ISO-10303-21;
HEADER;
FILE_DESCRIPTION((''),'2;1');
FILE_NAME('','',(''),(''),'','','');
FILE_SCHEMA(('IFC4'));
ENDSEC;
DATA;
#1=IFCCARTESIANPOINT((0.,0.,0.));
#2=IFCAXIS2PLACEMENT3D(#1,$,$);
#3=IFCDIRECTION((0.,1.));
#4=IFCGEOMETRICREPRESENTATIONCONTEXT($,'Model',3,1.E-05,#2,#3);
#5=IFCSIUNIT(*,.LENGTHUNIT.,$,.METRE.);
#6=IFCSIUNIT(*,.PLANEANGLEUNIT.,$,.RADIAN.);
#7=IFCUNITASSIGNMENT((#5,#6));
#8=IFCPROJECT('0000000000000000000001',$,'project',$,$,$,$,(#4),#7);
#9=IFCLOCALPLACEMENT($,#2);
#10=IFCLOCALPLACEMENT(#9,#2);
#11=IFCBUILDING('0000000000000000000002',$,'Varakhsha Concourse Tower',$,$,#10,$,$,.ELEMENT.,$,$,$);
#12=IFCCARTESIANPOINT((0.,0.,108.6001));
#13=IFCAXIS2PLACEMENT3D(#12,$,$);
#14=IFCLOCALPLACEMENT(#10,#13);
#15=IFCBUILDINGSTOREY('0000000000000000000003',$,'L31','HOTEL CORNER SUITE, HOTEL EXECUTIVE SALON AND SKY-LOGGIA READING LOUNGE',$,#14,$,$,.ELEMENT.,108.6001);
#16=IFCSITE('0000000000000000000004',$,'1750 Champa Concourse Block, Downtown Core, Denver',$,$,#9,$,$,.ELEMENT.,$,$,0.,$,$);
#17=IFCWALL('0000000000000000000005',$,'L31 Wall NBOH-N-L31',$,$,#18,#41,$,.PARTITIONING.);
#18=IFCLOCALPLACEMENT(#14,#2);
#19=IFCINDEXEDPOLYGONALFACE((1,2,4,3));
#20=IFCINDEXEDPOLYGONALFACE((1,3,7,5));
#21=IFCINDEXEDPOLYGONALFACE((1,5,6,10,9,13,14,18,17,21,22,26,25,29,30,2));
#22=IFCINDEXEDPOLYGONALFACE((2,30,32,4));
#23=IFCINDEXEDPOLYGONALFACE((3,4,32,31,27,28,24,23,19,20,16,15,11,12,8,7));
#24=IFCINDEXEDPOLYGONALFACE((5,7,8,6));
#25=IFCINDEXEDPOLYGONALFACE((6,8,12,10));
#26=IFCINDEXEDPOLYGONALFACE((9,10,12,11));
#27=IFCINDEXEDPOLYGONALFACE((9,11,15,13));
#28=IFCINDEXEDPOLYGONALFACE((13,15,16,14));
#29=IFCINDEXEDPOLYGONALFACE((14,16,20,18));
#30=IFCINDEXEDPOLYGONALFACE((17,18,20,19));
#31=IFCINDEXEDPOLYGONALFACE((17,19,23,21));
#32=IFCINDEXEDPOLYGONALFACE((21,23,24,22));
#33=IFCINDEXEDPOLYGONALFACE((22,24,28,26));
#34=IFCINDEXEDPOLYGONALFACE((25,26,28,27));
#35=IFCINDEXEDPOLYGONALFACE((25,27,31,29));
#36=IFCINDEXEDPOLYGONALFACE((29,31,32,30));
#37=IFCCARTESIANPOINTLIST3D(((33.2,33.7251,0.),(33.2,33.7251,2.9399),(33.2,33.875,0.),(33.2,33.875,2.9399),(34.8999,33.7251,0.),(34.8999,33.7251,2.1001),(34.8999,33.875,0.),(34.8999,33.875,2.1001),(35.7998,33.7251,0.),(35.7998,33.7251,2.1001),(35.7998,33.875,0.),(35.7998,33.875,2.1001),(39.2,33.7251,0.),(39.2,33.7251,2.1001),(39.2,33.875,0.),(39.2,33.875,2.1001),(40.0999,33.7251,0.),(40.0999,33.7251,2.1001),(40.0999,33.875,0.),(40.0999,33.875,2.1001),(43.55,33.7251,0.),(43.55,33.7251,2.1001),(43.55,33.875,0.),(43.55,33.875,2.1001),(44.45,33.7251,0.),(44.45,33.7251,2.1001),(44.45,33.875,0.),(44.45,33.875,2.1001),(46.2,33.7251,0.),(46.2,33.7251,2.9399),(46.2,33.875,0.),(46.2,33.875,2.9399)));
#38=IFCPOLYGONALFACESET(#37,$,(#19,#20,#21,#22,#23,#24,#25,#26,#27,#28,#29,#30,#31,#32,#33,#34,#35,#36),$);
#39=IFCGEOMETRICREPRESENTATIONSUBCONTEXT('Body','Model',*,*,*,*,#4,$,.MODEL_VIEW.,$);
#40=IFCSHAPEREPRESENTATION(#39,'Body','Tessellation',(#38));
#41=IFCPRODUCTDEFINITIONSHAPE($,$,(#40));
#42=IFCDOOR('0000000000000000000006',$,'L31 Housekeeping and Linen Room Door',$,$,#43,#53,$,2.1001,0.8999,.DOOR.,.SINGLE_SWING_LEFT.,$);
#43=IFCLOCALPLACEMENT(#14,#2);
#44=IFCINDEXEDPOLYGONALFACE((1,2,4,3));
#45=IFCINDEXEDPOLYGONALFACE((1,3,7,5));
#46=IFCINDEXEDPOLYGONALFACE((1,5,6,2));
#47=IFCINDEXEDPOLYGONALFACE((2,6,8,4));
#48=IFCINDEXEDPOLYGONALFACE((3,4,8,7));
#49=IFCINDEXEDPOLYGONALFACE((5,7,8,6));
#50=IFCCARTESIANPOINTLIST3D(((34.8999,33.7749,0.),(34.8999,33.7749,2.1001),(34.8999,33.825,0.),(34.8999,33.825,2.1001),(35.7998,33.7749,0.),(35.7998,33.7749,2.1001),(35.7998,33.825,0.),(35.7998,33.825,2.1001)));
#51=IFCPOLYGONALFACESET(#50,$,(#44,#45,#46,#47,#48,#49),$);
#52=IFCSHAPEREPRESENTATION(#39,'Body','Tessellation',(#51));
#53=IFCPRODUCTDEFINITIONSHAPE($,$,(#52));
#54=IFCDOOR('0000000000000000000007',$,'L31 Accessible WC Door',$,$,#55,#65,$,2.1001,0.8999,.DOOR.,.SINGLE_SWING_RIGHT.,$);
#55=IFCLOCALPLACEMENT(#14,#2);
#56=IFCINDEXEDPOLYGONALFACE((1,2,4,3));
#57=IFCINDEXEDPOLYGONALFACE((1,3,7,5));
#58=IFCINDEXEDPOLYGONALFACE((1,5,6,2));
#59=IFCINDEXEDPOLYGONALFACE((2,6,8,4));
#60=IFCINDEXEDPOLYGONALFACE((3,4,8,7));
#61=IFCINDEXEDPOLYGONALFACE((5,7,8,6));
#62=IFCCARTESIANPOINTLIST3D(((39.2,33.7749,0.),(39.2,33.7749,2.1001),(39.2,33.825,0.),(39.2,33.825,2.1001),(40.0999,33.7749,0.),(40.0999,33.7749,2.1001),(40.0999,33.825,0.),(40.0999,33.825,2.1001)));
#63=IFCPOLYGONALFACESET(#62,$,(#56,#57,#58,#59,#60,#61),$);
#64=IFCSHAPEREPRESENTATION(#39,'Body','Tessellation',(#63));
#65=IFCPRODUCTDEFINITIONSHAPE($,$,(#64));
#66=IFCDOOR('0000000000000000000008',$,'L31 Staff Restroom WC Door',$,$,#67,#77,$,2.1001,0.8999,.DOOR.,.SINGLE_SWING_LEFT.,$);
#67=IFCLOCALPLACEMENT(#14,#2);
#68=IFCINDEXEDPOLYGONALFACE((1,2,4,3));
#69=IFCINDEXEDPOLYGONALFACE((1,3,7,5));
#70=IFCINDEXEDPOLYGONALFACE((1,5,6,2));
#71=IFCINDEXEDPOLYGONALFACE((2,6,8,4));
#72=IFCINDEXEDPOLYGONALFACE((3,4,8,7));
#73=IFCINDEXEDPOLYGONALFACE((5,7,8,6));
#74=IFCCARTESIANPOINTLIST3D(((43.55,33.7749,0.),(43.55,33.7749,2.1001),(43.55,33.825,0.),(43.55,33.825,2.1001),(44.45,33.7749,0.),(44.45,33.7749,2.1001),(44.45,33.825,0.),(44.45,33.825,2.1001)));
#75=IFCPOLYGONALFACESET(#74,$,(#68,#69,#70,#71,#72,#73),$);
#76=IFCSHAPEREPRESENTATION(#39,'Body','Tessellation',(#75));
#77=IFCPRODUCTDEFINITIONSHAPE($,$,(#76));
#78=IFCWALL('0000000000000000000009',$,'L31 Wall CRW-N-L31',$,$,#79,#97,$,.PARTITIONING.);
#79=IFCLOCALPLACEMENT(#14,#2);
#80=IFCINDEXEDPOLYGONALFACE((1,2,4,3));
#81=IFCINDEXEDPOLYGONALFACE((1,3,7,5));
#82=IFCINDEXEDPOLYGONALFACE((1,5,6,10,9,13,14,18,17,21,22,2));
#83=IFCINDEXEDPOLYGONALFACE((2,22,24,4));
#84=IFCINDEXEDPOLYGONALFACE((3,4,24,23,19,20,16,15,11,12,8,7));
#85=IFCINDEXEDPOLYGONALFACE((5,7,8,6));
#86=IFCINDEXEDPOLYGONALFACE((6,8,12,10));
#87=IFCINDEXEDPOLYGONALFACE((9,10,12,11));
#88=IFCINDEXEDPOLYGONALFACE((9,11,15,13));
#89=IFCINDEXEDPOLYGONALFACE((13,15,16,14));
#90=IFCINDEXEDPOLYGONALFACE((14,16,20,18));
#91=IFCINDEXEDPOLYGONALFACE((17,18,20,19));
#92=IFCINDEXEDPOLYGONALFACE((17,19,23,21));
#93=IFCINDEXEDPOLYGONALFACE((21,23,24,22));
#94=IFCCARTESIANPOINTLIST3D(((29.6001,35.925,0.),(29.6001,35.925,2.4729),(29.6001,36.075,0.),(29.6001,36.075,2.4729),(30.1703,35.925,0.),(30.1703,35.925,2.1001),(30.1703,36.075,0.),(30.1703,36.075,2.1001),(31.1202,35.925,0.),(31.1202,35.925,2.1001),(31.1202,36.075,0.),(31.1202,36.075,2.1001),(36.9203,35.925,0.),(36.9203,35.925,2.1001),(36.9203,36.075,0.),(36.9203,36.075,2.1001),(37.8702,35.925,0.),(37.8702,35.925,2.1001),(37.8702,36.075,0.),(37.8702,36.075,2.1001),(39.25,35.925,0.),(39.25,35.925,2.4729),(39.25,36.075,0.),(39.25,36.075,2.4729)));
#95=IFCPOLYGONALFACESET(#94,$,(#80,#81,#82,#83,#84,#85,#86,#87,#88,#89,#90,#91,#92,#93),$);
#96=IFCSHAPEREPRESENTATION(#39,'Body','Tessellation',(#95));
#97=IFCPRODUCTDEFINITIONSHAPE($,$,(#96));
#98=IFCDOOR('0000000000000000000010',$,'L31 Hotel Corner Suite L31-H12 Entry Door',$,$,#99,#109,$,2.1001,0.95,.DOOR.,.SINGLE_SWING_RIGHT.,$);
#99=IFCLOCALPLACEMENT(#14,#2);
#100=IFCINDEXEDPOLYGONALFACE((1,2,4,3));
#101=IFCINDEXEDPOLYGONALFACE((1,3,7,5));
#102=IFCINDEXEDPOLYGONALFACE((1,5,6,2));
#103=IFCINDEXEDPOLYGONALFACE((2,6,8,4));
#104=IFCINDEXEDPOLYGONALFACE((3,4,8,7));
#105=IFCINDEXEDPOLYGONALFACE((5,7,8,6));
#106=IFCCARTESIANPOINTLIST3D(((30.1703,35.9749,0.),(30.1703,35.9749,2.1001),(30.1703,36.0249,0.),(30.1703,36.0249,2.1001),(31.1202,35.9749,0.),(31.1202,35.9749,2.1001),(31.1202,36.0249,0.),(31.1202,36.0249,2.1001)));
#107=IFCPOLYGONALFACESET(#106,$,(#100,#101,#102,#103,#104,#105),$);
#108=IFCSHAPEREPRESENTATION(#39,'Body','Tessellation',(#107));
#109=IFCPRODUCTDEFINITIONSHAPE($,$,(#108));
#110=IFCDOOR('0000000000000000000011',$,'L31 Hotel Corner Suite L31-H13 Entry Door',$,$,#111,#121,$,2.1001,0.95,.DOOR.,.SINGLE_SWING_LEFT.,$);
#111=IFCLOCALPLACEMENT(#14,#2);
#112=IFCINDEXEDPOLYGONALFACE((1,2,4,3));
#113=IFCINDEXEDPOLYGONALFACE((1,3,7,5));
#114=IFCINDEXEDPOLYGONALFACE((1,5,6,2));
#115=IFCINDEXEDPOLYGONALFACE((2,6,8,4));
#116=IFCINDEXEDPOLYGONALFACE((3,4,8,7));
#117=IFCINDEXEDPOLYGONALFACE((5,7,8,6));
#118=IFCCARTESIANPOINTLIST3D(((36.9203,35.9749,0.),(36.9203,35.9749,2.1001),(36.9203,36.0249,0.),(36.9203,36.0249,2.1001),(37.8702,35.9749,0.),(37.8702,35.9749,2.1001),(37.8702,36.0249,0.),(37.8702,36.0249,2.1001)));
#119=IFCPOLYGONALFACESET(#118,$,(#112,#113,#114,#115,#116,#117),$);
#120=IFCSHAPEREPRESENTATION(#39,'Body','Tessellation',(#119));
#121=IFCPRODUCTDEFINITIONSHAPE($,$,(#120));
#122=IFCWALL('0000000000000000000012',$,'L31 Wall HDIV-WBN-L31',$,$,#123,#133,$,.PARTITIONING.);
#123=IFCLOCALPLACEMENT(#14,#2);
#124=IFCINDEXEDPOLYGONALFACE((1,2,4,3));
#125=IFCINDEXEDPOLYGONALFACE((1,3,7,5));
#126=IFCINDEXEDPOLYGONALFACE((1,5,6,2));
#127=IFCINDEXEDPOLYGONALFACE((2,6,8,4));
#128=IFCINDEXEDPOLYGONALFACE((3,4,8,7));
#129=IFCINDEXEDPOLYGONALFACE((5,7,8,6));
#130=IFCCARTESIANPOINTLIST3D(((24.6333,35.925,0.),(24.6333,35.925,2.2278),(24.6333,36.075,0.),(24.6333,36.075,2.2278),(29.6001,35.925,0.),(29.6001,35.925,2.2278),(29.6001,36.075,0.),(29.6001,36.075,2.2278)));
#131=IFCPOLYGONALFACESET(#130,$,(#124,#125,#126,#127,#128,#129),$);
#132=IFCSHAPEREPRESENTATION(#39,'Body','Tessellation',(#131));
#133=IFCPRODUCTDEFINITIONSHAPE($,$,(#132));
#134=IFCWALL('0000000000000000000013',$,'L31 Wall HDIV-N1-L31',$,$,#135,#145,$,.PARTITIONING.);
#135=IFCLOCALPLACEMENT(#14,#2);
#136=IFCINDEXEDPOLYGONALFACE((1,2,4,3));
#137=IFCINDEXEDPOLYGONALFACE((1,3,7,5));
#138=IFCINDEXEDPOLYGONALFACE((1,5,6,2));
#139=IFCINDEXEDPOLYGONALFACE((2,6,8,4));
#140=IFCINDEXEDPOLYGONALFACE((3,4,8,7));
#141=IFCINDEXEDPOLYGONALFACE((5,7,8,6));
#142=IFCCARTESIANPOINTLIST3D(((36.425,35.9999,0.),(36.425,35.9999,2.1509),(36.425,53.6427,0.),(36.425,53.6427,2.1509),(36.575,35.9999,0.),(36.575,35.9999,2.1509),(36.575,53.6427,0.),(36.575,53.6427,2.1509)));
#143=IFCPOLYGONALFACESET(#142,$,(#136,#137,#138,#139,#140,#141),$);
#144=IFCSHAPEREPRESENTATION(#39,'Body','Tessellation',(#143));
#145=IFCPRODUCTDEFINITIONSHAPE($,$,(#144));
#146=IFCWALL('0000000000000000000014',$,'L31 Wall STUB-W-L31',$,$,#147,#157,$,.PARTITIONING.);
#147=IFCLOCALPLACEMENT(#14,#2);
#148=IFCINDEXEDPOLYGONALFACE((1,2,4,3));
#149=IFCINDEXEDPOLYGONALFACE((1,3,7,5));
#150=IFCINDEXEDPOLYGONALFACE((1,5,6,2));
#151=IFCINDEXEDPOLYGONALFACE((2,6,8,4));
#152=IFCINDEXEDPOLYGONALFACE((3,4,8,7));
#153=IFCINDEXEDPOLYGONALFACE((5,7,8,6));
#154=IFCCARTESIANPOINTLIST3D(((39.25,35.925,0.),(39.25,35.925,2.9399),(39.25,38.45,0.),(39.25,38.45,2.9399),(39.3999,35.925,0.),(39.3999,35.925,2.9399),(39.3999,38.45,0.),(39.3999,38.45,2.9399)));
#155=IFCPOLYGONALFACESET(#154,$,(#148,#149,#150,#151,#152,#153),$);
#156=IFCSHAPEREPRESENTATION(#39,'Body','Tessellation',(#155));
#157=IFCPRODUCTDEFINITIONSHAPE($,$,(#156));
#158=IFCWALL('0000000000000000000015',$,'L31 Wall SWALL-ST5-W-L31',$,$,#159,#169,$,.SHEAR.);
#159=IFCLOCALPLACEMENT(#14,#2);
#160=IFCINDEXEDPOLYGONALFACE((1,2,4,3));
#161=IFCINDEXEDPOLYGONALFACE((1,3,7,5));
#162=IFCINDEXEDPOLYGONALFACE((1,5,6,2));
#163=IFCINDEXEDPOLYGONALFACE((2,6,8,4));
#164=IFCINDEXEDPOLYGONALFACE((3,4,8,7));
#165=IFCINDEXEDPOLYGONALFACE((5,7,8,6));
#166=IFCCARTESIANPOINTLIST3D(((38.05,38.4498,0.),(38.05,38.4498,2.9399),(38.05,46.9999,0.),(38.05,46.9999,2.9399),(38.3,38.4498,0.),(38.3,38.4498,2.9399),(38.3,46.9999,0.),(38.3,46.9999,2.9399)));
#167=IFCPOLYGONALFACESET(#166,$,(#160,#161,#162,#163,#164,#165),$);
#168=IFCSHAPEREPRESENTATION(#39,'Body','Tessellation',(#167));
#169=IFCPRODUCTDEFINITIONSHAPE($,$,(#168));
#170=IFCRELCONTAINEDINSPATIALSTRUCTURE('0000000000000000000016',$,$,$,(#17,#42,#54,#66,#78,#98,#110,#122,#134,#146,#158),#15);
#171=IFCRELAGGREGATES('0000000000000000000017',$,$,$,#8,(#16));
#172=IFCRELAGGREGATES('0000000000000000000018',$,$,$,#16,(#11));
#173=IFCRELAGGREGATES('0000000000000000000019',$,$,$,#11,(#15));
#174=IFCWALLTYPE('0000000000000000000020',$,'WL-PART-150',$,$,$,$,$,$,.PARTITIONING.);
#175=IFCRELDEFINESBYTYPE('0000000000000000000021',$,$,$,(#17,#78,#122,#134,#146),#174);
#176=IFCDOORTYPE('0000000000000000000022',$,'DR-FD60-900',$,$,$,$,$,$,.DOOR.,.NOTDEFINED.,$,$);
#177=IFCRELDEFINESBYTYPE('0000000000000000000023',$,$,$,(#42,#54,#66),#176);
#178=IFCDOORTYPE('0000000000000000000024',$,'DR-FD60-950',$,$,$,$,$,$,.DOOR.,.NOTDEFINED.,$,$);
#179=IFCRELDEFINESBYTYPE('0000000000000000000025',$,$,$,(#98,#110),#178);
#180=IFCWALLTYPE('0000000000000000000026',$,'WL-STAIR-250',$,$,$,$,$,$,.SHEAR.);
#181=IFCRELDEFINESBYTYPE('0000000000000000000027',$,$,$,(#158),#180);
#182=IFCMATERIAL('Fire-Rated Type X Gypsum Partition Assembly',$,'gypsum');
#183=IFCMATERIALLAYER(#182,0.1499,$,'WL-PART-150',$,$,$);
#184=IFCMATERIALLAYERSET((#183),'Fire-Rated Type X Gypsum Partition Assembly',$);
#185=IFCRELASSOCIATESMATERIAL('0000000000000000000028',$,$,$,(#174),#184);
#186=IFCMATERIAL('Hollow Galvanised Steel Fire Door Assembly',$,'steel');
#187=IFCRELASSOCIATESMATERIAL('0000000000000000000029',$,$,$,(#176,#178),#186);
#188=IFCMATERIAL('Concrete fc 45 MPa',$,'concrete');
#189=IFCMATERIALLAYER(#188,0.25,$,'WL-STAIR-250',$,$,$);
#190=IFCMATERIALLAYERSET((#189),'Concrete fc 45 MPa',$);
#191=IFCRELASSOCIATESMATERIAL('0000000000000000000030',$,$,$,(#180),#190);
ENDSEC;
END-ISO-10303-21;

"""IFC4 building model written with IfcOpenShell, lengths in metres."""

from ifc_helpers import new_model, si_unit, direction, frame, frame_2d, origin, place, context, subcontext, project, spatial, rectangle, extrude, material, layer, layer_set, type_object, element, fill, save


model = new_model("IFC4")

# Units and contexts
model_context = context("Model", 3, precision=1e-05, world=origin(), true_north=direction((0.0, 1.0)))
body_context = subcontext(model_context, "Body", "Model", "MODEL_VIEW")
ifc_project = project(units=[si_unit("LENGTHUNIT", "METRE"), si_unit("PLANEANGLEUNIT", "RADIAN")], contexts=[model_context])

# Site, building, storey
site_placement = place(None, origin())
site = spatial("IfcSite", under=ifc_project, at=site_placement, Name="1750 Champa Concourse Block, Downtown Core, Denver", CompositionType="ELEMENT", RefElevation=0.0)
building_placement = place(site_placement, origin())
building = spatial("IfcBuilding", under=site, at=building_placement, Name="Varakhsha Concourse Tower", CompositionType="ELEMENT")
storey_placement = place(building_placement, frame((0.0, 0.0, 108.6001)))
storey = spatial("IfcBuildingStorey", under=building, at=storey_placement, Name="L31", Description="HOTEL CORNER SUITE, HOTEL EXECUTIVE SALON AND SKY-LOGGIA READING LOUNGE", CompositionType="ELEMENT", Elevation=108.6001)

# Walls, openings, doors
ifc_material_1 = material(Name="Fire-Rated Type X Gypsum Partition Assembly", Category="gypsum")
ifc_layer_1 = layer(ifc_material_1, 0.1499, Name="WL-PART-150")
ifc_layer_set_1 = layer_set([ifc_layer_1], Name="Fire-Rated Type X Gypsum Partition Assembly")
wall_type_1 = type_object("IfcWallType", Name="WL-PART-150", PredefinedType="PARTITIONING", material=ifc_layer_set_1)
wall_1_placement = place(storey_placement, frame((33.2, 33.8, 0.0), z_axis=(0.0, 0.0, 1.0), x_axis=(1.0, 0.0, 0.0)))
wall_1 = element("IfcWall", 1, at=wall_1_placement, inside=storey, type_object=wall_type_1, Name="L31 Wall NBOH-N-L31", PredefinedType="PARTITIONING", context=body_context, shape_type="SweptSolid", body=[
    extrude(rectangle(XDim=13.0, YDim=0.1499, at=frame_2d((6.5, 0.0))), origin(), (0.0, 0.0, 1.0), 2.9399),
])
opening_1_placement = place(wall_1_placement, frame((1.7, 0.0, 0.0)))
opening_1 = element("IfcOpeningElement", 2, at=opening_1_placement, cuts=wall_1, PredefinedType="OPENING", context=body_context, shape_type="SweptSolid", body=[
    extrude(rectangle(XDim=0.8999, YDim=2.1001, at=frame_2d((0.45, 1.05))), frame((0.0, 0.085, 0.0), z_axis=(0.0, -1.0, 0.0), x_axis=(1.0, 0.0, 0.0)), (0.0, 0.0, 1.0), 0.1699),
])
opening_2_placement = place(wall_1_placement, frame((6.0, 0.0, 0.0)))
opening_2 = element("IfcOpeningElement", 3, at=opening_2_placement, cuts=wall_1, PredefinedType="OPENING", context=body_context, shape_type="SweptSolid", body=[
    extrude(rectangle(XDim=0.8999, YDim=2.1001, at=frame_2d((0.45, 1.05))), frame((0.0, 0.085, 0.0), z_axis=(0.0, -1.0, 0.0), x_axis=(1.0, 0.0, 0.0)), (0.0, 0.0, 1.0), 0.1699),
])
opening_3_placement = place(wall_1_placement, frame((10.3501, 0.0, 0.0)))
opening_3 = element("IfcOpeningElement", 4, at=opening_3_placement, cuts=wall_1, PredefinedType="OPENING", context=body_context, shape_type="SweptSolid", body=[
    extrude(rectangle(XDim=0.8999, YDim=2.1001, at=frame_2d((0.45, 1.05))), frame((0.0, 0.085, 0.0), z_axis=(0.0, -1.0, 0.0), x_axis=(1.0, 0.0, 0.0)), (0.0, 0.0, 1.0), 0.1699),
])
ifc_material_2 = material(Name="Hollow Galvanised Steel Fire Door Assembly", Category="steel")
door_type_1 = type_object("IfcDoorType", Name="DR-FD60-900", OperationType="NOTDEFINED", PredefinedType="DOOR", material=ifc_material_2)
door_1_placement = place(opening_1_placement, origin())
door_1 = element("IfcDoor", 5, at=door_1_placement, inside=storey, type_object=door_type_1, Name="L31 Housekeeping and Linen Room Door", OperationType="SINGLE_SWING_LEFT", OverallHeight=2.1001, OverallWidth=0.8999, PredefinedType="DOOR", context=body_context, shape_type="SweptSolid", body=[
    extrude(rectangle(XDim=0.8999, YDim=2.1001, at=frame_2d((0.45, 1.05))), frame((0.0, 0.0249, 0.0), z_axis=(0.0, -1.0, 0.0), x_axis=(1.0, 0.0, 0.0)), (0.0, 0.0, 1.0), 0.05),
])
fill(opening_1, door_1)
door_2_placement = place(opening_2_placement, origin())
door_2 = element("IfcDoor", 6, at=door_2_placement, inside=storey, type_object=door_type_1, Name="L31 Accessible WC Door", OperationType="SINGLE_SWING_RIGHT", OverallHeight=2.1001, OverallWidth=0.8999, PredefinedType="DOOR", context=body_context, shape_type="SweptSolid", body=[
    extrude(rectangle(XDim=0.8999, YDim=2.1001, at=frame_2d((0.45, 1.05))), frame((0.0, 0.0249, 0.0), z_axis=(0.0, -1.0, 0.0), x_axis=(1.0, 0.0, 0.0)), (0.0, 0.0, 1.0), 0.05),
])
fill(opening_2, door_2)
door_3_placement = place(opening_3_placement, origin())
door_3 = element("IfcDoor", 7, at=door_3_placement, inside=storey, type_object=door_type_1, Name="L31 Staff Restroom WC Door", OperationType="SINGLE_SWING_LEFT", OverallHeight=2.1001, OverallWidth=0.8999, PredefinedType="DOOR", context=body_context, shape_type="SweptSolid", body=[
    extrude(rectangle(XDim=0.8999, YDim=2.1001, at=frame_2d((0.45, 1.05))), frame((0.0, 0.0249, 0.0), z_axis=(0.0, -1.0, 0.0), x_axis=(1.0, 0.0, 0.0)), (0.0, 0.0, 1.0), 0.05),
])
fill(opening_3, door_3)
wall_2_placement = place(storey_placement, frame((29.6001, 36.0, 0.0), z_axis=(0.0, 0.0, 1.0), x_axis=(1.0, 0.0, 0.0)))
wall_2 = element("IfcWall", 8, at=wall_2_placement, inside=storey, type_object=wall_type_1, Name="L31 Wall CRW-N-L31", PredefinedType="PARTITIONING", context=body_context, shape_type="SweptSolid", body=[
    extrude(rectangle(XDim=9.6499, YDim=0.1499, at=frame_2d((4.825, 0.0))), origin(), (0.0, 0.0, 1.0), 2.4729),
])
opening_4_placement = place(wall_2_placement, frame((0.5701, 0.0, 0.0)))
opening_4 = element("IfcOpeningElement", 9, at=opening_4_placement, cuts=wall_2, PredefinedType="OPENING", context=body_context, shape_type="SweptSolid", body=[
    extrude(rectangle(XDim=0.95, YDim=2.1001, at=frame_2d((0.4751, 1.05))), frame((0.0, 0.085, 0.0), z_axis=(0.0, -1.0, 0.0), x_axis=(1.0, 0.0, 0.0)), (0.0, 0.0, 1.0), 0.1699),
])
opening_5_placement = place(wall_2_placement, frame((7.3201, 0.0, 0.0)))
opening_5 = element("IfcOpeningElement", 10, at=opening_5_placement, cuts=wall_2, PredefinedType="OPENING", context=body_context, shape_type="SweptSolid", body=[
    extrude(rectangle(XDim=0.95, YDim=2.1001, at=frame_2d((0.4751, 1.05))), frame((0.0, 0.085, 0.0), z_axis=(0.0, -1.0, 0.0), x_axis=(1.0, 0.0, 0.0)), (0.0, 0.0, 1.0), 0.1699),
])
door_type_2 = type_object("IfcDoorType", Name="DR-FD60-950", OperationType="NOTDEFINED", PredefinedType="DOOR", material=ifc_material_2)
door_4_placement = place(opening_4_placement, origin())
door_4 = element("IfcDoor", 11, at=door_4_placement, inside=storey, type_object=door_type_2, Name="L31 Hotel Corner Suite L31-H12 Entry Door", OperationType="SINGLE_SWING_RIGHT", OverallHeight=2.1001, OverallWidth=0.95, PredefinedType="DOOR", context=body_context, shape_type="SweptSolid", body=[
    extrude(rectangle(XDim=0.95, YDim=2.1001, at=frame_2d((0.4751, 1.05))), frame((0.0, 0.0249, 0.0), z_axis=(0.0, -1.0, 0.0), x_axis=(1.0, 0.0, 0.0)), (0.0, 0.0, 1.0), 0.05),
])
fill(opening_4, door_4)
door_5_placement = place(opening_5_placement, origin())
door_5 = element("IfcDoor", 12, at=door_5_placement, inside=storey, type_object=door_type_2, Name="L31 Hotel Corner Suite L31-H13 Entry Door", OperationType="SINGLE_SWING_LEFT", OverallHeight=2.1001, OverallWidth=0.95, PredefinedType="DOOR", context=body_context, shape_type="SweptSolid", body=[
    extrude(rectangle(XDim=0.95, YDim=2.1001, at=frame_2d((0.4751, 1.05))), frame((0.0, 0.0249, 0.0), z_axis=(0.0, -1.0, 0.0), x_axis=(1.0, 0.0, 0.0)), (0.0, 0.0, 1.0), 0.05),
])
fill(opening_5, door_5)

# Walls
wall_3_placement = place(storey_placement, frame((24.6333, 36.0, 0.0), z_axis=(0.0, 0.0, 1.0), x_axis=(1.0, 0.0, 0.0)))
element("IfcWall", 13, at=wall_3_placement, inside=storey, type_object=wall_type_1, Name="L31 Wall HDIV-WBN-L31", PredefinedType="PARTITIONING", context=body_context, shape_type="SweptSolid", body=[
    extrude(rectangle(XDim=4.9668, YDim=0.1499, at=frame_2d((2.4834, 0.0))), origin(), (0.0, 0.0, 1.0), 2.2278),
])
wall_4_placement = place(storey_placement, frame((36.5, 36.0, 0.0), z_axis=(0.0, 0.0, 1.0), x_axis=(0.0, 1.0, 0.0)))
element("IfcWall", 14, at=wall_4_placement, inside=storey, type_object=wall_type_1, Name="L31 Wall HDIV-N1-L31", PredefinedType="PARTITIONING", context=body_context, shape_type="SweptSolid", body=[
    extrude(rectangle(XDim=17.6428, YDim=0.1499, at=frame_2d((8.8213, 0.0))), origin(), (0.0, 0.0, 1.0), 2.1509),
])
wall_5_placement = place(storey_placement, frame((39.325, 35.925, 0.0), z_axis=(0.0, 0.0, 1.0), x_axis=(0.0, 1.0, 0.0)))
element("IfcWall", 15, at=wall_5_placement, inside=storey, type_object=wall_type_1, Name="L31 Wall STUB-W-L31", PredefinedType="PARTITIONING", context=body_context, shape_type="SweptSolid", body=[
    extrude(rectangle(XDim=2.5249, YDim=0.1499, at=frame_2d((1.2625, 0.0))), origin(), (0.0, 0.0, 1.0), 2.9399),
])
ifc_material_3 = material(Name="Concrete fc 45 MPa", Category="concrete")
ifc_layer_2 = layer(ifc_material_3, 0.25, Name="WL-STAIR-250")
ifc_layer_set_2 = layer_set([ifc_layer_2], Name="Concrete fc 45 MPa")
wall_type_2 = type_object("IfcWallType", Name="WL-STAIR-250", PredefinedType="SHEAR", material=ifc_layer_set_2)
wall_6_placement = place(storey_placement, frame((38.175, 38.45, 0.0), z_axis=(0.0, 0.0, 1.0), x_axis=(0.0, 1.0, 0.0)))
element("IfcWall", 16, at=wall_6_placement, inside=storey, type_object=wall_type_2, Name="L31 Wall SWALL-ST5-W-L31", PredefinedType="SHEAR", context=body_context, shape_type="SweptSolid", body=[
    extrude(rectangle(XDim=8.55, YDim=0.25, at=frame_2d((4.2749, 0.0))), origin(), (0.0, 0.0, 1.0), 2.9399),
])

save(model, "model.ifc")
